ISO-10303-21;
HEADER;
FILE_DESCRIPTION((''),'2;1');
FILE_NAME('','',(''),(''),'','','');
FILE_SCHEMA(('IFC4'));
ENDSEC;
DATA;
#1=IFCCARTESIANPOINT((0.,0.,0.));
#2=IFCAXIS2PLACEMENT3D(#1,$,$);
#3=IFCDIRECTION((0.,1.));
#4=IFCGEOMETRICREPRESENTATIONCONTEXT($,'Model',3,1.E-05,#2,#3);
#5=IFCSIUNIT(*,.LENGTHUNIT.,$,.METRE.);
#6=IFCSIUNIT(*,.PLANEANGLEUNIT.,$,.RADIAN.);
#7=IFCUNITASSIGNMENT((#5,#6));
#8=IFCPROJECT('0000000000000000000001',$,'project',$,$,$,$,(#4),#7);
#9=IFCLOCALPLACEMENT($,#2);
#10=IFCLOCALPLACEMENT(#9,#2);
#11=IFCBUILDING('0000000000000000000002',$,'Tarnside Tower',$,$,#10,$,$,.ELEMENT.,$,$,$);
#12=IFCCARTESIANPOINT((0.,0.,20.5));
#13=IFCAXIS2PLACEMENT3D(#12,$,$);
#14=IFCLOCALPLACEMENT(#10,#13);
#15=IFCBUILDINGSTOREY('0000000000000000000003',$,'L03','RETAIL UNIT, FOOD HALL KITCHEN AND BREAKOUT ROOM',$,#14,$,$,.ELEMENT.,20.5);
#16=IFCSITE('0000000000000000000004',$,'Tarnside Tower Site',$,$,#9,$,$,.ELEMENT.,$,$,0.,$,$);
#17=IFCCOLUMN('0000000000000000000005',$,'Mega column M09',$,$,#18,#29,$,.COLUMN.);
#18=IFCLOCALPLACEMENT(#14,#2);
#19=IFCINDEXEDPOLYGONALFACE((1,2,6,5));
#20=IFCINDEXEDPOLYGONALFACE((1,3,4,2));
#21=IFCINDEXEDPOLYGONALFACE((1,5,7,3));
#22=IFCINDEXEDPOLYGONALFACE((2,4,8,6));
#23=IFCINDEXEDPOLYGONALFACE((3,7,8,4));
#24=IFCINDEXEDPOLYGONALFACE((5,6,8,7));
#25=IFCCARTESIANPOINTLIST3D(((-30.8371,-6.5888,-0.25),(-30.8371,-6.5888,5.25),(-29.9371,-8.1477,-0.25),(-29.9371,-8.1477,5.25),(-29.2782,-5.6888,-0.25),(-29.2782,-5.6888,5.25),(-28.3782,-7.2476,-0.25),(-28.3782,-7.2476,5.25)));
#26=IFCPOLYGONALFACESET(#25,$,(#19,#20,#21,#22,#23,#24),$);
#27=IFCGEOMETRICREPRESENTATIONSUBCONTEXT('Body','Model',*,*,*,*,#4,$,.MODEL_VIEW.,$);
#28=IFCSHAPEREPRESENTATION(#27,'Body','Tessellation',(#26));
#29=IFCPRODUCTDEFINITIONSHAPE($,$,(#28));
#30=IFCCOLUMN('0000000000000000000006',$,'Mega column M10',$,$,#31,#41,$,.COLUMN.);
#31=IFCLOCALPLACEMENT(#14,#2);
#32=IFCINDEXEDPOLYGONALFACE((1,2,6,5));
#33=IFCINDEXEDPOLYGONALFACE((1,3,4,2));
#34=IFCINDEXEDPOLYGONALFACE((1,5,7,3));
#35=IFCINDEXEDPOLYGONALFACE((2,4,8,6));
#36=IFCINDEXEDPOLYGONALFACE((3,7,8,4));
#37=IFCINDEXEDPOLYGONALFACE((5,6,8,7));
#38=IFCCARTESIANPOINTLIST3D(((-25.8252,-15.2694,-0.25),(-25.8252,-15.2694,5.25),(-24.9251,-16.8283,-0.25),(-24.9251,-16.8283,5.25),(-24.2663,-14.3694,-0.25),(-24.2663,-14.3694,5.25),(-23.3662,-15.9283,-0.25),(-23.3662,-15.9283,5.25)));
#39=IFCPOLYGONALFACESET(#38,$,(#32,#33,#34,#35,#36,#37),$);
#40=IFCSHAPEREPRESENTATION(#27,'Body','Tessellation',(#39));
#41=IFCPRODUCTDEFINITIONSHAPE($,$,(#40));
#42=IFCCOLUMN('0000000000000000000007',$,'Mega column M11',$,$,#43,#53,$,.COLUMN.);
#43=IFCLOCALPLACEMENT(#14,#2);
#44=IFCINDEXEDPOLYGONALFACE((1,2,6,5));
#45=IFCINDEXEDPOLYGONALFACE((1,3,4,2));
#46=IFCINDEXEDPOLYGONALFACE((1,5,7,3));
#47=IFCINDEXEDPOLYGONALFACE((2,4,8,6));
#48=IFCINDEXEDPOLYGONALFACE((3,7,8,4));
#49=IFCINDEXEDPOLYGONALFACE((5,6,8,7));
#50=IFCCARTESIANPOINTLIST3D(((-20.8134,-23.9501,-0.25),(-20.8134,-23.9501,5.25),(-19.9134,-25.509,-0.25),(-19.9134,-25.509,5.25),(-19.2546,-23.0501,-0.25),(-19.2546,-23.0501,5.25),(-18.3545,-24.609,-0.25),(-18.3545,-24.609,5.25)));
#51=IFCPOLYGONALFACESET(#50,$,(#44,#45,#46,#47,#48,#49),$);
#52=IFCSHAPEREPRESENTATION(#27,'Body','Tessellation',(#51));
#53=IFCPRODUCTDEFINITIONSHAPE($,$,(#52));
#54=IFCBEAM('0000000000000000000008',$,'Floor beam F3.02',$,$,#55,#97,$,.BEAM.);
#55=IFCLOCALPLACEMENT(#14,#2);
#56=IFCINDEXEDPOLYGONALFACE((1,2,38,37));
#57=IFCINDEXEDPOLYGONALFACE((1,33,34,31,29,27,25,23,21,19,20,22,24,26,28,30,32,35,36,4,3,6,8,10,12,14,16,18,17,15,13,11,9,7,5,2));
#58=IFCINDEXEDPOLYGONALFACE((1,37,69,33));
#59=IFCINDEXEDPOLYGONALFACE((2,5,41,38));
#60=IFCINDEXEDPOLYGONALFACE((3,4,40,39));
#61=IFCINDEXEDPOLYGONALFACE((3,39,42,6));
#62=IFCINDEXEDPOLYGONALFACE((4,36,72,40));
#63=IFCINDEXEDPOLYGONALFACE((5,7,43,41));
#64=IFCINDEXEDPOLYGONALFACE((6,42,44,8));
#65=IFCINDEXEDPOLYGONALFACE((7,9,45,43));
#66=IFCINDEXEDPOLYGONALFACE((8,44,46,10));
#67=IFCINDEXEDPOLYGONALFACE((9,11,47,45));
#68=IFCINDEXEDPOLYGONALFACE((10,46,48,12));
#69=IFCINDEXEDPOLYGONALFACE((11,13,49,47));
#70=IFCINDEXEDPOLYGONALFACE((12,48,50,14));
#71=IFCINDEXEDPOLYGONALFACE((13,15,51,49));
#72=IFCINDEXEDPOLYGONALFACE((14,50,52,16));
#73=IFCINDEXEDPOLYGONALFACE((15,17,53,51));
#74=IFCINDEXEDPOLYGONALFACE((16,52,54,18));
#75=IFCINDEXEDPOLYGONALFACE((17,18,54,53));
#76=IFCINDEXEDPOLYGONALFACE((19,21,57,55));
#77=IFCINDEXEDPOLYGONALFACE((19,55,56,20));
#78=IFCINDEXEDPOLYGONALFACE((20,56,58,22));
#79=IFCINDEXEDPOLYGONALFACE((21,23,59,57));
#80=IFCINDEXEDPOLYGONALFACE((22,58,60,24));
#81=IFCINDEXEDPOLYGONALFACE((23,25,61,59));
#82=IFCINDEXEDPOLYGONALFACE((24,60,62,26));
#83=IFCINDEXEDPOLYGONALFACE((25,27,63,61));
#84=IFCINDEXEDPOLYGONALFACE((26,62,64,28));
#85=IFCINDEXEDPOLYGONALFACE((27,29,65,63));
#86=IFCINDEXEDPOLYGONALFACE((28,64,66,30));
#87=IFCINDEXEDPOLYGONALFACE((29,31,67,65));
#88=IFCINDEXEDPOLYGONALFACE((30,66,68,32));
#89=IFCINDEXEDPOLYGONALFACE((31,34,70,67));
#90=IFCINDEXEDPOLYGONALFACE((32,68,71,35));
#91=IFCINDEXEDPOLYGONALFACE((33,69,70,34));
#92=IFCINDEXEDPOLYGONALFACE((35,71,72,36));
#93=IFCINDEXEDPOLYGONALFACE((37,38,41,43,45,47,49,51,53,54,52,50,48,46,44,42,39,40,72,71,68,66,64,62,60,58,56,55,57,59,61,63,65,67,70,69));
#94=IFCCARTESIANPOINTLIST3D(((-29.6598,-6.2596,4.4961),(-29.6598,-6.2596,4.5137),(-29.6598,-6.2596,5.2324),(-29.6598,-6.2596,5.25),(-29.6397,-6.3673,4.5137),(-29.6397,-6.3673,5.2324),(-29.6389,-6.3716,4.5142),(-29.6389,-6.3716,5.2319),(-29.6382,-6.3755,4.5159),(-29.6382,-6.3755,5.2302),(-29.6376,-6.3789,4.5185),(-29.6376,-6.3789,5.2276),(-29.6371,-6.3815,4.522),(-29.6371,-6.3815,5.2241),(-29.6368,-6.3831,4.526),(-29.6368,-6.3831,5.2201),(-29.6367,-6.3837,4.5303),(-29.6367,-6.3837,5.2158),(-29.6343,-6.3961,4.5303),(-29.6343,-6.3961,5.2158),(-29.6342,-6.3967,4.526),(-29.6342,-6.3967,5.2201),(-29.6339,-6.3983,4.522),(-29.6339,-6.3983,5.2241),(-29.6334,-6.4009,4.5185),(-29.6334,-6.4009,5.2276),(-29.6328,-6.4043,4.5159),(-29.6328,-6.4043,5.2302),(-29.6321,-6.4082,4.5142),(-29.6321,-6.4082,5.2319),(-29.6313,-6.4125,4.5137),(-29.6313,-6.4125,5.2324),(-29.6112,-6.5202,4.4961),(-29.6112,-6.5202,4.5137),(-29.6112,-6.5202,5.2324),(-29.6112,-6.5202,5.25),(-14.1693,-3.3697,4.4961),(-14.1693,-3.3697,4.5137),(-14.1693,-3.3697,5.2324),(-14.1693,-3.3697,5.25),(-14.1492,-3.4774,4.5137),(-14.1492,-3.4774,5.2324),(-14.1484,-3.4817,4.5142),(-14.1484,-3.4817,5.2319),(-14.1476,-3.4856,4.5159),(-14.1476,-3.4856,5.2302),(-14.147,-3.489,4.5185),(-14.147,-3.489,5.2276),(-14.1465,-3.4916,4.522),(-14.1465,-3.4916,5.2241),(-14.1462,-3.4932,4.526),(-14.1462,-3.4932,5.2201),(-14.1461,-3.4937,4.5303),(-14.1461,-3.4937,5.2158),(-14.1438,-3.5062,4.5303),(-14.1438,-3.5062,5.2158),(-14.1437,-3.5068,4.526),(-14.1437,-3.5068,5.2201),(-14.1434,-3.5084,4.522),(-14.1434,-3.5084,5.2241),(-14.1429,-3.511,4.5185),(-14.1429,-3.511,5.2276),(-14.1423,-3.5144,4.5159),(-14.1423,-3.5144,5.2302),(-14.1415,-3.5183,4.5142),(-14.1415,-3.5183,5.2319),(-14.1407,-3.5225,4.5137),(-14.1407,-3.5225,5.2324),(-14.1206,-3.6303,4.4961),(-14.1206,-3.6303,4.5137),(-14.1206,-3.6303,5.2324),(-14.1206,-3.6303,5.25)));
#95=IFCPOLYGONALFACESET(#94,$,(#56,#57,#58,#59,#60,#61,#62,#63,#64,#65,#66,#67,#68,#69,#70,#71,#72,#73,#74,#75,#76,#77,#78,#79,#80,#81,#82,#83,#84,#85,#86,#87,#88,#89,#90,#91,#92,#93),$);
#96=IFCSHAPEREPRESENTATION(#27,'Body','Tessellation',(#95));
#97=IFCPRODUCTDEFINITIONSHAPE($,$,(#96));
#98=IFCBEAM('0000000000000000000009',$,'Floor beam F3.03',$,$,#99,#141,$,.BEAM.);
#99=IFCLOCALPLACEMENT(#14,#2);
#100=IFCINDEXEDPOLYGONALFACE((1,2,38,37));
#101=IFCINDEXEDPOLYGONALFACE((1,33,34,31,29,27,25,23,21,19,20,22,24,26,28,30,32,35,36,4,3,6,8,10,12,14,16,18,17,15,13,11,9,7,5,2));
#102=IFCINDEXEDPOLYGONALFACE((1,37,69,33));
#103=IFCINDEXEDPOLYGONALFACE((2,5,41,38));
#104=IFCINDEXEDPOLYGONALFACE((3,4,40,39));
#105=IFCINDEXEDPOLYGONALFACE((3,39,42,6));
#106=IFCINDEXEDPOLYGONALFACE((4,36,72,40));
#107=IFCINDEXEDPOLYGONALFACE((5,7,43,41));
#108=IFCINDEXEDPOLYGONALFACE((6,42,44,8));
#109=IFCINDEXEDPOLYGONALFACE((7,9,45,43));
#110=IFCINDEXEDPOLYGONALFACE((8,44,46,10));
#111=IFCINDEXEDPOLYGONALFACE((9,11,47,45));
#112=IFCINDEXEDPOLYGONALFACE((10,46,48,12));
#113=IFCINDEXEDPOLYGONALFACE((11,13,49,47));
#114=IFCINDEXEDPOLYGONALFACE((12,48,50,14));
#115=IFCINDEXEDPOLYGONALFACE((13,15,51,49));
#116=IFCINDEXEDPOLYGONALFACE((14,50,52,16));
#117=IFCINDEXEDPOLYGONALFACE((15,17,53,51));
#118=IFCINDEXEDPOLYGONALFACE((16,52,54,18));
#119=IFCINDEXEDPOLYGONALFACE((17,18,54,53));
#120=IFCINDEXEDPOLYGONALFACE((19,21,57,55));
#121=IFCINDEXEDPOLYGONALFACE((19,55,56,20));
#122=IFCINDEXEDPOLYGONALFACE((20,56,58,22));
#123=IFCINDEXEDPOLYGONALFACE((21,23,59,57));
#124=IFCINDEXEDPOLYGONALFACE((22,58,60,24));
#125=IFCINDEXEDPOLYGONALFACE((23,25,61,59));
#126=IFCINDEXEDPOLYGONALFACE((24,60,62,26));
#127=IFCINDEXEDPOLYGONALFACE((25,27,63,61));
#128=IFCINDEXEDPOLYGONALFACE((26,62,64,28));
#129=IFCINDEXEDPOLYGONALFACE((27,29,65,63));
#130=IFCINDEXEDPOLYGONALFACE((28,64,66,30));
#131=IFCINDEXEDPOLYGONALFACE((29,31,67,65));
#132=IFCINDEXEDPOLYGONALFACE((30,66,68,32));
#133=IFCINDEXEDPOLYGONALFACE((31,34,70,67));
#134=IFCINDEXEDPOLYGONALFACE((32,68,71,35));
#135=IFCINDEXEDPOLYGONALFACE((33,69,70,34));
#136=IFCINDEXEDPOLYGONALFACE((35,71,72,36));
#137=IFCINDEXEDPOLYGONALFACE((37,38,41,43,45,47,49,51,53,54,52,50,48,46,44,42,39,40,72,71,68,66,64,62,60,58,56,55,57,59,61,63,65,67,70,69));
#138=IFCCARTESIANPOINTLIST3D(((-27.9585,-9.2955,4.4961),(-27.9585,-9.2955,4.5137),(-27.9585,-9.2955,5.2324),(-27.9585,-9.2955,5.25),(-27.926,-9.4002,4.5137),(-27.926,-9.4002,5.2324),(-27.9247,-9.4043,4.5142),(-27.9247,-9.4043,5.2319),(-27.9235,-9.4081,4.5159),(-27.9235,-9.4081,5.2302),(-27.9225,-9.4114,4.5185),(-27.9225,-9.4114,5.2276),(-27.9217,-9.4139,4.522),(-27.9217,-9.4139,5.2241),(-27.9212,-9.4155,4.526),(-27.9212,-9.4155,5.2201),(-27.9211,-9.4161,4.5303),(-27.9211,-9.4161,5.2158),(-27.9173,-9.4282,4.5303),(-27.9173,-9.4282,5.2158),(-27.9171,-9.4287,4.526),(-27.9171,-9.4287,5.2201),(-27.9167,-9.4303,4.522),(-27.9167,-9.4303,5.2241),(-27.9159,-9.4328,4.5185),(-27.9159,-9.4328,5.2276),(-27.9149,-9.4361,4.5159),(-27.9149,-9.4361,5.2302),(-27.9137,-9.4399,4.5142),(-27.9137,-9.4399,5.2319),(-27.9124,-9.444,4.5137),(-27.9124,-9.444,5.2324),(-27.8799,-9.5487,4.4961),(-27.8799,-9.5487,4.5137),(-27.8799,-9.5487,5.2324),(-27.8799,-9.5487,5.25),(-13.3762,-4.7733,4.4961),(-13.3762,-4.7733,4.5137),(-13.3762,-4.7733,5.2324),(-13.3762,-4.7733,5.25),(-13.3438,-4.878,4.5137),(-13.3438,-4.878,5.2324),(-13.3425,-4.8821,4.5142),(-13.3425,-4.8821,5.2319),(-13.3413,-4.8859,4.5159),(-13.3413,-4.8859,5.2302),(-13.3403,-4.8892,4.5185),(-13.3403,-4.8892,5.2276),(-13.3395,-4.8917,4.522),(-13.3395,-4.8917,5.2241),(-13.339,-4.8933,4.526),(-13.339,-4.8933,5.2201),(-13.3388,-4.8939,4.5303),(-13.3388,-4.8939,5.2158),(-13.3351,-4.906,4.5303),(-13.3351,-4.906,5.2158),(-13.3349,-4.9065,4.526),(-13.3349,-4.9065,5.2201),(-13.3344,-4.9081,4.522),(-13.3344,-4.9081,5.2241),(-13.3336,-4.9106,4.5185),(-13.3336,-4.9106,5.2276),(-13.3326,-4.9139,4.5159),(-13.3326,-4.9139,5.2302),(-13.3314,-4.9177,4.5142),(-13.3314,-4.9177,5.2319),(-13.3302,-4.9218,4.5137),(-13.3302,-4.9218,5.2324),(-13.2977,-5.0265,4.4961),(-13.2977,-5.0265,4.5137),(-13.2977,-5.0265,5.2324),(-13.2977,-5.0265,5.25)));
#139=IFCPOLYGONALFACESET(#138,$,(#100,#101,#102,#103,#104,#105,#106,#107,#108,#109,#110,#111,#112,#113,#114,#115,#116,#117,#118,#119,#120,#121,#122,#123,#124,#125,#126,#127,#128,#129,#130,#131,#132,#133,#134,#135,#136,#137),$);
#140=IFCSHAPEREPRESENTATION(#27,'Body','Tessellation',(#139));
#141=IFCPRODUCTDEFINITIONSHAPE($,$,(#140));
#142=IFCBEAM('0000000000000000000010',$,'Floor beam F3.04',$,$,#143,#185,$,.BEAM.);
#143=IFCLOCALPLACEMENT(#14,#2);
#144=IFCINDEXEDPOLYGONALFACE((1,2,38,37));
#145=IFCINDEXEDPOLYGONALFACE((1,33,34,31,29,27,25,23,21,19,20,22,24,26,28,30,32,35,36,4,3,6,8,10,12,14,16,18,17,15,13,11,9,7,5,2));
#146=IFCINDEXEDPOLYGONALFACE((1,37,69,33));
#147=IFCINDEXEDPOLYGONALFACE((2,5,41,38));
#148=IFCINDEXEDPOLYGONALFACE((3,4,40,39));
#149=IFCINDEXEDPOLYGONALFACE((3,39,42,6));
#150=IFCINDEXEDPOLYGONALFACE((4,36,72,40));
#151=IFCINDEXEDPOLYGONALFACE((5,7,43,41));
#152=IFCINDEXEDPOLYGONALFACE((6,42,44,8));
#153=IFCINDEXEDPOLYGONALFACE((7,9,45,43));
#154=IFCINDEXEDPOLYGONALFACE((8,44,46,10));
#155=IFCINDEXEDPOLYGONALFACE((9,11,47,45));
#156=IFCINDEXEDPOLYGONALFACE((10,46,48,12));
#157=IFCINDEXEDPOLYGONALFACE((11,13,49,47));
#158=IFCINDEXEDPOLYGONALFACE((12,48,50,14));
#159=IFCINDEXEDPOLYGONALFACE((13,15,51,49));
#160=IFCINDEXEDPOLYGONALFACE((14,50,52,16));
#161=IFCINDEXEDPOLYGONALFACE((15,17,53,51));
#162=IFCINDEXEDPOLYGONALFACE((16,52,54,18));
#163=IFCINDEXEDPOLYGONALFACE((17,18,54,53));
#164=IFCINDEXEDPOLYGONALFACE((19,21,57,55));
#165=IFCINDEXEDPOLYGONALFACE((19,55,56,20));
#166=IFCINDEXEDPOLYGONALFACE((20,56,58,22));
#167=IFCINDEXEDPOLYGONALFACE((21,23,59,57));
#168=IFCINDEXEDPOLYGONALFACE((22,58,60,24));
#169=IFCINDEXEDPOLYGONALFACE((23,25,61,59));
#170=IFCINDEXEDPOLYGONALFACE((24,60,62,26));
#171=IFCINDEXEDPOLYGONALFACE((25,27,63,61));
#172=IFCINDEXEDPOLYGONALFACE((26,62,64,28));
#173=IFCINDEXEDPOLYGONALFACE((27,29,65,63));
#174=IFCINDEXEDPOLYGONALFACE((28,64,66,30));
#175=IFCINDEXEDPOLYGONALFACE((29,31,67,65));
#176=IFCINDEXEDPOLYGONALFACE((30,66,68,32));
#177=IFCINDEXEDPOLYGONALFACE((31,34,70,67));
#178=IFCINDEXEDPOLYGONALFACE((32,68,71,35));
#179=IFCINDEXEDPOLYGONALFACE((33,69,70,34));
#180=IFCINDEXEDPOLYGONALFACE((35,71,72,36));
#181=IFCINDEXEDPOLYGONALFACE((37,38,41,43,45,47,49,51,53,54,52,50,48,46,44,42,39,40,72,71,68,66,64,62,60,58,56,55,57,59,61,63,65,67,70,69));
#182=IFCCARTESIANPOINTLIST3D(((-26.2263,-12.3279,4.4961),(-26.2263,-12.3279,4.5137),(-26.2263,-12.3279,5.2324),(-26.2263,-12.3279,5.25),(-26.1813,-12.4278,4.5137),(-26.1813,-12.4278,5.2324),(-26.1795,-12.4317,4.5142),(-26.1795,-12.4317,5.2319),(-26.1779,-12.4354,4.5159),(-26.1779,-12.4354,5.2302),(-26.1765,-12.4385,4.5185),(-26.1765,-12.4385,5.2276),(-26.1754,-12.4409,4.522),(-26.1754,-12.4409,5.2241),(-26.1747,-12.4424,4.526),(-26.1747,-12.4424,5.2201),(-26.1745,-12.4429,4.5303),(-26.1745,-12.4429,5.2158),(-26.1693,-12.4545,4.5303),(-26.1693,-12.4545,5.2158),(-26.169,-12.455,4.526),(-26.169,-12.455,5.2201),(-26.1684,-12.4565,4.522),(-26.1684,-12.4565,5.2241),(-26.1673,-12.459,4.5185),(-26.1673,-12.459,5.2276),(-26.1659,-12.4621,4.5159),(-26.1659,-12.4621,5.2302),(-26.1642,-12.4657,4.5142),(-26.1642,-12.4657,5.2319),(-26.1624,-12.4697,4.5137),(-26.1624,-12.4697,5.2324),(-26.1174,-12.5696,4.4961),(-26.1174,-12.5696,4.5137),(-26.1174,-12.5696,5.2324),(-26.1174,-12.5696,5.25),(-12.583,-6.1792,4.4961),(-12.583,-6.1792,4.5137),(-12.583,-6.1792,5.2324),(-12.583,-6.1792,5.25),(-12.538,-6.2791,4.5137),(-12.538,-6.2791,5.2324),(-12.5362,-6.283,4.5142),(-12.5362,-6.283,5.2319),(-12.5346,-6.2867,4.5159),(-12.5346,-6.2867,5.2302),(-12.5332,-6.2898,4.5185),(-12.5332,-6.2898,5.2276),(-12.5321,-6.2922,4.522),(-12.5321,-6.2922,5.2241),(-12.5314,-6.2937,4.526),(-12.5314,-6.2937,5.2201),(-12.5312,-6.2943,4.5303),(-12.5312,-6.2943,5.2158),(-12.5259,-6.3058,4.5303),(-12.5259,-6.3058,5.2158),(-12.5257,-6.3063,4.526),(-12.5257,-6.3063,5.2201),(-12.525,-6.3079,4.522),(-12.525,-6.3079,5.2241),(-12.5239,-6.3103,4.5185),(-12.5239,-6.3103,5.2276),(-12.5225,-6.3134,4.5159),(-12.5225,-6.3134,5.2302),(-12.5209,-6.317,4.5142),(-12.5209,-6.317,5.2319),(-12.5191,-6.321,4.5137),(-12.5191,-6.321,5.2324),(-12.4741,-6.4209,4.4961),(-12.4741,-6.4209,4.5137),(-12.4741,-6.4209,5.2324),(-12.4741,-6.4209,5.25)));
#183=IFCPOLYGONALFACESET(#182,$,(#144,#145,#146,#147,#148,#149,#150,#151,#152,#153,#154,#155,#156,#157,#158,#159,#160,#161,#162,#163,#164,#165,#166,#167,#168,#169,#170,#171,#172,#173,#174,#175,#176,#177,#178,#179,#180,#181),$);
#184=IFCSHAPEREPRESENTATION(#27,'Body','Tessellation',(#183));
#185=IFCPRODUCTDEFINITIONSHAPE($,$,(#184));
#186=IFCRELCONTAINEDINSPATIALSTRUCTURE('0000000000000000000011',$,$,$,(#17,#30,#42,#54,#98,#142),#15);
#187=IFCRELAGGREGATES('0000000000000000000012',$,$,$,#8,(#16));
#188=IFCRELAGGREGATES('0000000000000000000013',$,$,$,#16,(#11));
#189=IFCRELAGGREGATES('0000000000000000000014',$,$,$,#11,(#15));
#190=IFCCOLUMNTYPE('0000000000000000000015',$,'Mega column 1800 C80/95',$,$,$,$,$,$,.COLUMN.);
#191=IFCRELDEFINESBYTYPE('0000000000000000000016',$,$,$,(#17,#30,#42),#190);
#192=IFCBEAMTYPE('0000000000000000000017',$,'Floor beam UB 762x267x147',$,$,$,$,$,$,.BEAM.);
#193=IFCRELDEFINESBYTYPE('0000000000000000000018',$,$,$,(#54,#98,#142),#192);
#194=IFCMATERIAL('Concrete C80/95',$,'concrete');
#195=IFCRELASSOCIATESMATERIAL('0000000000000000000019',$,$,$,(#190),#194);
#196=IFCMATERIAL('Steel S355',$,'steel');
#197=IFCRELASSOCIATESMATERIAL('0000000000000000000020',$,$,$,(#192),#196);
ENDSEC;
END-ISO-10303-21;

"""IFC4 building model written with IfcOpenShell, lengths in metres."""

from ifc_helpers import new_model, si_unit, direction, frame, origin, origin_2d, place, context, subcontext, project, spatial, rectangle, i_section, extrude, material, material_profile, profile_set, type_object, element, save


model = new_model("IFC4")

# Units and contexts
model_context = context("Model", 3, precision=1e-05, world=origin(), true_north=direction((0.0, 1.0)))
body_context = subcontext(model_context, "Body", "Model", "MODEL_VIEW")
ifc_project = project(units=[si_unit("LENGTHUNIT", "METRE"), si_unit("PLANEANGLEUNIT", "RADIAN")], contexts=[model_context])

# Site, building, storey
site_placement = place(None, origin())
site = spatial("IfcSite", under=ifc_project, at=site_placement, Name="Tarnside Tower Site", CompositionType="ELEMENT", RefElevation=0.0)
building_placement = place(site_placement, origin())
building = spatial("IfcBuilding", under=site, at=building_placement, Name="Tarnside Tower", CompositionType="ELEMENT")
storey_placement = place(building_placement, frame((0.0, 0.0, 20.5)))
storey = spatial("IfcBuildingStorey", under=building, at=storey_placement, Name="L03", Description="RETAIL UNIT, FOOD HALL KITCHEN AND BREAKOUT ROOM", CompositionType="ELEMENT", Elevation=20.5)

# Columns
ifc_material_1 = material(Name="Concrete C80/95", Category="concrete")
ifc_material_profile_1 = material_profile(ifc_material_1, rectangle(XDim=1.8, YDim=1.8, at=origin_2d()), Name="Mega column 1800x1800")
ifc_profile_set_1 = profile_set([ifc_material_profile_1], Name="Concrete C80/95")
column_type = type_object("IfcColumnType", Name="Mega column 1800 C80/95", PredefinedType="COLUMN", material=ifc_profile_set_1)
for number, where, z_axis, x_axis, name in (
    (1, (-29.6077, -6.9182, -0.25), (0.0, 0.0, 1.0), (-0.5, 0.866025, 0.0), "Mega column M09"),
    (2, (-24.5957, -15.5989, -0.25), (0.0, 0.0, 1.0), (-0.5, 0.866025, 0.0), "Mega column M10"),
    (3, (-19.584, -24.2795, -0.25), (0.0, 0.0, 1.0), (-0.5, 0.866025, 0.0), "Mega column M11"),
):
    element("IfcColumn", number, at=place(storey_placement, frame(where, z_axis=z_axis, x_axis=x_axis)), inside=storey, type_object=column_type, Name=name, PredefinedType="COLUMN", context=body_context, shape_type="SweptSolid", body=[
        extrude(rectangle(XDim=1.8, YDim=1.8, at=origin_2d()), origin(), (0.0, 0.0, 1.0), 5.5),
    ])

# Beams
ifc_material_2 = material(Name="Steel S355", Category="steel")
ifc_material_profile_2 = material_profile(ifc_material_2, i_section(OverallWidth=0.2651, OverallDepth=0.7539, WebThickness=0.0127, FlangeThickness=0.0176, FilletRadius=0.0166, at=origin_2d()), Name="UB 762x267x147")
ifc_profile_set_2 = profile_set([ifc_material_profile_2], Name="Steel S355")
beam_type_1 = type_object("IfcBeamType", Name="Floor beam UB 762x267x147", PredefinedType="BEAM", material=ifc_profile_set_2)
beam_1_placement = place(storey_placement, frame((-29.6355, -6.3899, 4.873), z_axis=(0.983039, 0.183395, 0.0), x_axis=(-0.183395, 0.983039, 0.0)))
element("IfcBeam", 4, at=beam_1_placement, inside=storey, type_object=beam_type_1, Name="Floor beam F3.02", PredefinedType="BEAM", context=body_context, shape_type="SweptSolid", body=[
    extrude(i_section(OverallWidth=0.2651, OverallDepth=0.7539, WebThickness=0.0127, FlangeThickness=0.0176, FilletRadius=0.0166, at=origin_2d()), origin(), (0.0, 0.0, 1.0), 15.7578),
])
beam_2_placement = place(storey_placement, frame((-27.9192, -9.4221, 4.873), z_axis=(0.955126, 0.296201, 0.0), x_axis=(-0.296201, 0.955126, 0.0)))
element("IfcBeam", 5, at=beam_2_placement, inside=storey, type_object=beam_type_1, Name="Floor beam F3.03", PredefinedType="BEAM", context=body_context, shape_type="SweptSolid", body=[
    extrude(i_section(OverallWidth=0.2651, OverallDepth=0.7539, WebThickness=0.0127, FlangeThickness=0.0176, FilletRadius=0.0166, at=origin_2d()), origin(), (0.0, 0.0, 1.0), 15.2673),
])
beam_3_placement = place(storey_placement, frame((-26.1719, -12.4487, 4.873), z_axis=(0.911692, 0.410875, 0.0), x_axis=(-0.410875, 0.911692, 0.0)))
element("IfcBeam", 6, at=beam_3_placement, inside=storey, type_object=beam_type_1, Name="Floor beam F3.04", PredefinedType="BEAM", context=body_context, shape_type="SweptSolid", body=[
    extrude(i_section(OverallWidth=0.2651, OverallDepth=0.7539, WebThickness=0.0127, FlangeThickness=0.0176, FilletRadius=0.0166, at=origin_2d()), origin(), (0.0, 0.0, 1.0), 14.9648),
])

save(model, "model.ifc")
